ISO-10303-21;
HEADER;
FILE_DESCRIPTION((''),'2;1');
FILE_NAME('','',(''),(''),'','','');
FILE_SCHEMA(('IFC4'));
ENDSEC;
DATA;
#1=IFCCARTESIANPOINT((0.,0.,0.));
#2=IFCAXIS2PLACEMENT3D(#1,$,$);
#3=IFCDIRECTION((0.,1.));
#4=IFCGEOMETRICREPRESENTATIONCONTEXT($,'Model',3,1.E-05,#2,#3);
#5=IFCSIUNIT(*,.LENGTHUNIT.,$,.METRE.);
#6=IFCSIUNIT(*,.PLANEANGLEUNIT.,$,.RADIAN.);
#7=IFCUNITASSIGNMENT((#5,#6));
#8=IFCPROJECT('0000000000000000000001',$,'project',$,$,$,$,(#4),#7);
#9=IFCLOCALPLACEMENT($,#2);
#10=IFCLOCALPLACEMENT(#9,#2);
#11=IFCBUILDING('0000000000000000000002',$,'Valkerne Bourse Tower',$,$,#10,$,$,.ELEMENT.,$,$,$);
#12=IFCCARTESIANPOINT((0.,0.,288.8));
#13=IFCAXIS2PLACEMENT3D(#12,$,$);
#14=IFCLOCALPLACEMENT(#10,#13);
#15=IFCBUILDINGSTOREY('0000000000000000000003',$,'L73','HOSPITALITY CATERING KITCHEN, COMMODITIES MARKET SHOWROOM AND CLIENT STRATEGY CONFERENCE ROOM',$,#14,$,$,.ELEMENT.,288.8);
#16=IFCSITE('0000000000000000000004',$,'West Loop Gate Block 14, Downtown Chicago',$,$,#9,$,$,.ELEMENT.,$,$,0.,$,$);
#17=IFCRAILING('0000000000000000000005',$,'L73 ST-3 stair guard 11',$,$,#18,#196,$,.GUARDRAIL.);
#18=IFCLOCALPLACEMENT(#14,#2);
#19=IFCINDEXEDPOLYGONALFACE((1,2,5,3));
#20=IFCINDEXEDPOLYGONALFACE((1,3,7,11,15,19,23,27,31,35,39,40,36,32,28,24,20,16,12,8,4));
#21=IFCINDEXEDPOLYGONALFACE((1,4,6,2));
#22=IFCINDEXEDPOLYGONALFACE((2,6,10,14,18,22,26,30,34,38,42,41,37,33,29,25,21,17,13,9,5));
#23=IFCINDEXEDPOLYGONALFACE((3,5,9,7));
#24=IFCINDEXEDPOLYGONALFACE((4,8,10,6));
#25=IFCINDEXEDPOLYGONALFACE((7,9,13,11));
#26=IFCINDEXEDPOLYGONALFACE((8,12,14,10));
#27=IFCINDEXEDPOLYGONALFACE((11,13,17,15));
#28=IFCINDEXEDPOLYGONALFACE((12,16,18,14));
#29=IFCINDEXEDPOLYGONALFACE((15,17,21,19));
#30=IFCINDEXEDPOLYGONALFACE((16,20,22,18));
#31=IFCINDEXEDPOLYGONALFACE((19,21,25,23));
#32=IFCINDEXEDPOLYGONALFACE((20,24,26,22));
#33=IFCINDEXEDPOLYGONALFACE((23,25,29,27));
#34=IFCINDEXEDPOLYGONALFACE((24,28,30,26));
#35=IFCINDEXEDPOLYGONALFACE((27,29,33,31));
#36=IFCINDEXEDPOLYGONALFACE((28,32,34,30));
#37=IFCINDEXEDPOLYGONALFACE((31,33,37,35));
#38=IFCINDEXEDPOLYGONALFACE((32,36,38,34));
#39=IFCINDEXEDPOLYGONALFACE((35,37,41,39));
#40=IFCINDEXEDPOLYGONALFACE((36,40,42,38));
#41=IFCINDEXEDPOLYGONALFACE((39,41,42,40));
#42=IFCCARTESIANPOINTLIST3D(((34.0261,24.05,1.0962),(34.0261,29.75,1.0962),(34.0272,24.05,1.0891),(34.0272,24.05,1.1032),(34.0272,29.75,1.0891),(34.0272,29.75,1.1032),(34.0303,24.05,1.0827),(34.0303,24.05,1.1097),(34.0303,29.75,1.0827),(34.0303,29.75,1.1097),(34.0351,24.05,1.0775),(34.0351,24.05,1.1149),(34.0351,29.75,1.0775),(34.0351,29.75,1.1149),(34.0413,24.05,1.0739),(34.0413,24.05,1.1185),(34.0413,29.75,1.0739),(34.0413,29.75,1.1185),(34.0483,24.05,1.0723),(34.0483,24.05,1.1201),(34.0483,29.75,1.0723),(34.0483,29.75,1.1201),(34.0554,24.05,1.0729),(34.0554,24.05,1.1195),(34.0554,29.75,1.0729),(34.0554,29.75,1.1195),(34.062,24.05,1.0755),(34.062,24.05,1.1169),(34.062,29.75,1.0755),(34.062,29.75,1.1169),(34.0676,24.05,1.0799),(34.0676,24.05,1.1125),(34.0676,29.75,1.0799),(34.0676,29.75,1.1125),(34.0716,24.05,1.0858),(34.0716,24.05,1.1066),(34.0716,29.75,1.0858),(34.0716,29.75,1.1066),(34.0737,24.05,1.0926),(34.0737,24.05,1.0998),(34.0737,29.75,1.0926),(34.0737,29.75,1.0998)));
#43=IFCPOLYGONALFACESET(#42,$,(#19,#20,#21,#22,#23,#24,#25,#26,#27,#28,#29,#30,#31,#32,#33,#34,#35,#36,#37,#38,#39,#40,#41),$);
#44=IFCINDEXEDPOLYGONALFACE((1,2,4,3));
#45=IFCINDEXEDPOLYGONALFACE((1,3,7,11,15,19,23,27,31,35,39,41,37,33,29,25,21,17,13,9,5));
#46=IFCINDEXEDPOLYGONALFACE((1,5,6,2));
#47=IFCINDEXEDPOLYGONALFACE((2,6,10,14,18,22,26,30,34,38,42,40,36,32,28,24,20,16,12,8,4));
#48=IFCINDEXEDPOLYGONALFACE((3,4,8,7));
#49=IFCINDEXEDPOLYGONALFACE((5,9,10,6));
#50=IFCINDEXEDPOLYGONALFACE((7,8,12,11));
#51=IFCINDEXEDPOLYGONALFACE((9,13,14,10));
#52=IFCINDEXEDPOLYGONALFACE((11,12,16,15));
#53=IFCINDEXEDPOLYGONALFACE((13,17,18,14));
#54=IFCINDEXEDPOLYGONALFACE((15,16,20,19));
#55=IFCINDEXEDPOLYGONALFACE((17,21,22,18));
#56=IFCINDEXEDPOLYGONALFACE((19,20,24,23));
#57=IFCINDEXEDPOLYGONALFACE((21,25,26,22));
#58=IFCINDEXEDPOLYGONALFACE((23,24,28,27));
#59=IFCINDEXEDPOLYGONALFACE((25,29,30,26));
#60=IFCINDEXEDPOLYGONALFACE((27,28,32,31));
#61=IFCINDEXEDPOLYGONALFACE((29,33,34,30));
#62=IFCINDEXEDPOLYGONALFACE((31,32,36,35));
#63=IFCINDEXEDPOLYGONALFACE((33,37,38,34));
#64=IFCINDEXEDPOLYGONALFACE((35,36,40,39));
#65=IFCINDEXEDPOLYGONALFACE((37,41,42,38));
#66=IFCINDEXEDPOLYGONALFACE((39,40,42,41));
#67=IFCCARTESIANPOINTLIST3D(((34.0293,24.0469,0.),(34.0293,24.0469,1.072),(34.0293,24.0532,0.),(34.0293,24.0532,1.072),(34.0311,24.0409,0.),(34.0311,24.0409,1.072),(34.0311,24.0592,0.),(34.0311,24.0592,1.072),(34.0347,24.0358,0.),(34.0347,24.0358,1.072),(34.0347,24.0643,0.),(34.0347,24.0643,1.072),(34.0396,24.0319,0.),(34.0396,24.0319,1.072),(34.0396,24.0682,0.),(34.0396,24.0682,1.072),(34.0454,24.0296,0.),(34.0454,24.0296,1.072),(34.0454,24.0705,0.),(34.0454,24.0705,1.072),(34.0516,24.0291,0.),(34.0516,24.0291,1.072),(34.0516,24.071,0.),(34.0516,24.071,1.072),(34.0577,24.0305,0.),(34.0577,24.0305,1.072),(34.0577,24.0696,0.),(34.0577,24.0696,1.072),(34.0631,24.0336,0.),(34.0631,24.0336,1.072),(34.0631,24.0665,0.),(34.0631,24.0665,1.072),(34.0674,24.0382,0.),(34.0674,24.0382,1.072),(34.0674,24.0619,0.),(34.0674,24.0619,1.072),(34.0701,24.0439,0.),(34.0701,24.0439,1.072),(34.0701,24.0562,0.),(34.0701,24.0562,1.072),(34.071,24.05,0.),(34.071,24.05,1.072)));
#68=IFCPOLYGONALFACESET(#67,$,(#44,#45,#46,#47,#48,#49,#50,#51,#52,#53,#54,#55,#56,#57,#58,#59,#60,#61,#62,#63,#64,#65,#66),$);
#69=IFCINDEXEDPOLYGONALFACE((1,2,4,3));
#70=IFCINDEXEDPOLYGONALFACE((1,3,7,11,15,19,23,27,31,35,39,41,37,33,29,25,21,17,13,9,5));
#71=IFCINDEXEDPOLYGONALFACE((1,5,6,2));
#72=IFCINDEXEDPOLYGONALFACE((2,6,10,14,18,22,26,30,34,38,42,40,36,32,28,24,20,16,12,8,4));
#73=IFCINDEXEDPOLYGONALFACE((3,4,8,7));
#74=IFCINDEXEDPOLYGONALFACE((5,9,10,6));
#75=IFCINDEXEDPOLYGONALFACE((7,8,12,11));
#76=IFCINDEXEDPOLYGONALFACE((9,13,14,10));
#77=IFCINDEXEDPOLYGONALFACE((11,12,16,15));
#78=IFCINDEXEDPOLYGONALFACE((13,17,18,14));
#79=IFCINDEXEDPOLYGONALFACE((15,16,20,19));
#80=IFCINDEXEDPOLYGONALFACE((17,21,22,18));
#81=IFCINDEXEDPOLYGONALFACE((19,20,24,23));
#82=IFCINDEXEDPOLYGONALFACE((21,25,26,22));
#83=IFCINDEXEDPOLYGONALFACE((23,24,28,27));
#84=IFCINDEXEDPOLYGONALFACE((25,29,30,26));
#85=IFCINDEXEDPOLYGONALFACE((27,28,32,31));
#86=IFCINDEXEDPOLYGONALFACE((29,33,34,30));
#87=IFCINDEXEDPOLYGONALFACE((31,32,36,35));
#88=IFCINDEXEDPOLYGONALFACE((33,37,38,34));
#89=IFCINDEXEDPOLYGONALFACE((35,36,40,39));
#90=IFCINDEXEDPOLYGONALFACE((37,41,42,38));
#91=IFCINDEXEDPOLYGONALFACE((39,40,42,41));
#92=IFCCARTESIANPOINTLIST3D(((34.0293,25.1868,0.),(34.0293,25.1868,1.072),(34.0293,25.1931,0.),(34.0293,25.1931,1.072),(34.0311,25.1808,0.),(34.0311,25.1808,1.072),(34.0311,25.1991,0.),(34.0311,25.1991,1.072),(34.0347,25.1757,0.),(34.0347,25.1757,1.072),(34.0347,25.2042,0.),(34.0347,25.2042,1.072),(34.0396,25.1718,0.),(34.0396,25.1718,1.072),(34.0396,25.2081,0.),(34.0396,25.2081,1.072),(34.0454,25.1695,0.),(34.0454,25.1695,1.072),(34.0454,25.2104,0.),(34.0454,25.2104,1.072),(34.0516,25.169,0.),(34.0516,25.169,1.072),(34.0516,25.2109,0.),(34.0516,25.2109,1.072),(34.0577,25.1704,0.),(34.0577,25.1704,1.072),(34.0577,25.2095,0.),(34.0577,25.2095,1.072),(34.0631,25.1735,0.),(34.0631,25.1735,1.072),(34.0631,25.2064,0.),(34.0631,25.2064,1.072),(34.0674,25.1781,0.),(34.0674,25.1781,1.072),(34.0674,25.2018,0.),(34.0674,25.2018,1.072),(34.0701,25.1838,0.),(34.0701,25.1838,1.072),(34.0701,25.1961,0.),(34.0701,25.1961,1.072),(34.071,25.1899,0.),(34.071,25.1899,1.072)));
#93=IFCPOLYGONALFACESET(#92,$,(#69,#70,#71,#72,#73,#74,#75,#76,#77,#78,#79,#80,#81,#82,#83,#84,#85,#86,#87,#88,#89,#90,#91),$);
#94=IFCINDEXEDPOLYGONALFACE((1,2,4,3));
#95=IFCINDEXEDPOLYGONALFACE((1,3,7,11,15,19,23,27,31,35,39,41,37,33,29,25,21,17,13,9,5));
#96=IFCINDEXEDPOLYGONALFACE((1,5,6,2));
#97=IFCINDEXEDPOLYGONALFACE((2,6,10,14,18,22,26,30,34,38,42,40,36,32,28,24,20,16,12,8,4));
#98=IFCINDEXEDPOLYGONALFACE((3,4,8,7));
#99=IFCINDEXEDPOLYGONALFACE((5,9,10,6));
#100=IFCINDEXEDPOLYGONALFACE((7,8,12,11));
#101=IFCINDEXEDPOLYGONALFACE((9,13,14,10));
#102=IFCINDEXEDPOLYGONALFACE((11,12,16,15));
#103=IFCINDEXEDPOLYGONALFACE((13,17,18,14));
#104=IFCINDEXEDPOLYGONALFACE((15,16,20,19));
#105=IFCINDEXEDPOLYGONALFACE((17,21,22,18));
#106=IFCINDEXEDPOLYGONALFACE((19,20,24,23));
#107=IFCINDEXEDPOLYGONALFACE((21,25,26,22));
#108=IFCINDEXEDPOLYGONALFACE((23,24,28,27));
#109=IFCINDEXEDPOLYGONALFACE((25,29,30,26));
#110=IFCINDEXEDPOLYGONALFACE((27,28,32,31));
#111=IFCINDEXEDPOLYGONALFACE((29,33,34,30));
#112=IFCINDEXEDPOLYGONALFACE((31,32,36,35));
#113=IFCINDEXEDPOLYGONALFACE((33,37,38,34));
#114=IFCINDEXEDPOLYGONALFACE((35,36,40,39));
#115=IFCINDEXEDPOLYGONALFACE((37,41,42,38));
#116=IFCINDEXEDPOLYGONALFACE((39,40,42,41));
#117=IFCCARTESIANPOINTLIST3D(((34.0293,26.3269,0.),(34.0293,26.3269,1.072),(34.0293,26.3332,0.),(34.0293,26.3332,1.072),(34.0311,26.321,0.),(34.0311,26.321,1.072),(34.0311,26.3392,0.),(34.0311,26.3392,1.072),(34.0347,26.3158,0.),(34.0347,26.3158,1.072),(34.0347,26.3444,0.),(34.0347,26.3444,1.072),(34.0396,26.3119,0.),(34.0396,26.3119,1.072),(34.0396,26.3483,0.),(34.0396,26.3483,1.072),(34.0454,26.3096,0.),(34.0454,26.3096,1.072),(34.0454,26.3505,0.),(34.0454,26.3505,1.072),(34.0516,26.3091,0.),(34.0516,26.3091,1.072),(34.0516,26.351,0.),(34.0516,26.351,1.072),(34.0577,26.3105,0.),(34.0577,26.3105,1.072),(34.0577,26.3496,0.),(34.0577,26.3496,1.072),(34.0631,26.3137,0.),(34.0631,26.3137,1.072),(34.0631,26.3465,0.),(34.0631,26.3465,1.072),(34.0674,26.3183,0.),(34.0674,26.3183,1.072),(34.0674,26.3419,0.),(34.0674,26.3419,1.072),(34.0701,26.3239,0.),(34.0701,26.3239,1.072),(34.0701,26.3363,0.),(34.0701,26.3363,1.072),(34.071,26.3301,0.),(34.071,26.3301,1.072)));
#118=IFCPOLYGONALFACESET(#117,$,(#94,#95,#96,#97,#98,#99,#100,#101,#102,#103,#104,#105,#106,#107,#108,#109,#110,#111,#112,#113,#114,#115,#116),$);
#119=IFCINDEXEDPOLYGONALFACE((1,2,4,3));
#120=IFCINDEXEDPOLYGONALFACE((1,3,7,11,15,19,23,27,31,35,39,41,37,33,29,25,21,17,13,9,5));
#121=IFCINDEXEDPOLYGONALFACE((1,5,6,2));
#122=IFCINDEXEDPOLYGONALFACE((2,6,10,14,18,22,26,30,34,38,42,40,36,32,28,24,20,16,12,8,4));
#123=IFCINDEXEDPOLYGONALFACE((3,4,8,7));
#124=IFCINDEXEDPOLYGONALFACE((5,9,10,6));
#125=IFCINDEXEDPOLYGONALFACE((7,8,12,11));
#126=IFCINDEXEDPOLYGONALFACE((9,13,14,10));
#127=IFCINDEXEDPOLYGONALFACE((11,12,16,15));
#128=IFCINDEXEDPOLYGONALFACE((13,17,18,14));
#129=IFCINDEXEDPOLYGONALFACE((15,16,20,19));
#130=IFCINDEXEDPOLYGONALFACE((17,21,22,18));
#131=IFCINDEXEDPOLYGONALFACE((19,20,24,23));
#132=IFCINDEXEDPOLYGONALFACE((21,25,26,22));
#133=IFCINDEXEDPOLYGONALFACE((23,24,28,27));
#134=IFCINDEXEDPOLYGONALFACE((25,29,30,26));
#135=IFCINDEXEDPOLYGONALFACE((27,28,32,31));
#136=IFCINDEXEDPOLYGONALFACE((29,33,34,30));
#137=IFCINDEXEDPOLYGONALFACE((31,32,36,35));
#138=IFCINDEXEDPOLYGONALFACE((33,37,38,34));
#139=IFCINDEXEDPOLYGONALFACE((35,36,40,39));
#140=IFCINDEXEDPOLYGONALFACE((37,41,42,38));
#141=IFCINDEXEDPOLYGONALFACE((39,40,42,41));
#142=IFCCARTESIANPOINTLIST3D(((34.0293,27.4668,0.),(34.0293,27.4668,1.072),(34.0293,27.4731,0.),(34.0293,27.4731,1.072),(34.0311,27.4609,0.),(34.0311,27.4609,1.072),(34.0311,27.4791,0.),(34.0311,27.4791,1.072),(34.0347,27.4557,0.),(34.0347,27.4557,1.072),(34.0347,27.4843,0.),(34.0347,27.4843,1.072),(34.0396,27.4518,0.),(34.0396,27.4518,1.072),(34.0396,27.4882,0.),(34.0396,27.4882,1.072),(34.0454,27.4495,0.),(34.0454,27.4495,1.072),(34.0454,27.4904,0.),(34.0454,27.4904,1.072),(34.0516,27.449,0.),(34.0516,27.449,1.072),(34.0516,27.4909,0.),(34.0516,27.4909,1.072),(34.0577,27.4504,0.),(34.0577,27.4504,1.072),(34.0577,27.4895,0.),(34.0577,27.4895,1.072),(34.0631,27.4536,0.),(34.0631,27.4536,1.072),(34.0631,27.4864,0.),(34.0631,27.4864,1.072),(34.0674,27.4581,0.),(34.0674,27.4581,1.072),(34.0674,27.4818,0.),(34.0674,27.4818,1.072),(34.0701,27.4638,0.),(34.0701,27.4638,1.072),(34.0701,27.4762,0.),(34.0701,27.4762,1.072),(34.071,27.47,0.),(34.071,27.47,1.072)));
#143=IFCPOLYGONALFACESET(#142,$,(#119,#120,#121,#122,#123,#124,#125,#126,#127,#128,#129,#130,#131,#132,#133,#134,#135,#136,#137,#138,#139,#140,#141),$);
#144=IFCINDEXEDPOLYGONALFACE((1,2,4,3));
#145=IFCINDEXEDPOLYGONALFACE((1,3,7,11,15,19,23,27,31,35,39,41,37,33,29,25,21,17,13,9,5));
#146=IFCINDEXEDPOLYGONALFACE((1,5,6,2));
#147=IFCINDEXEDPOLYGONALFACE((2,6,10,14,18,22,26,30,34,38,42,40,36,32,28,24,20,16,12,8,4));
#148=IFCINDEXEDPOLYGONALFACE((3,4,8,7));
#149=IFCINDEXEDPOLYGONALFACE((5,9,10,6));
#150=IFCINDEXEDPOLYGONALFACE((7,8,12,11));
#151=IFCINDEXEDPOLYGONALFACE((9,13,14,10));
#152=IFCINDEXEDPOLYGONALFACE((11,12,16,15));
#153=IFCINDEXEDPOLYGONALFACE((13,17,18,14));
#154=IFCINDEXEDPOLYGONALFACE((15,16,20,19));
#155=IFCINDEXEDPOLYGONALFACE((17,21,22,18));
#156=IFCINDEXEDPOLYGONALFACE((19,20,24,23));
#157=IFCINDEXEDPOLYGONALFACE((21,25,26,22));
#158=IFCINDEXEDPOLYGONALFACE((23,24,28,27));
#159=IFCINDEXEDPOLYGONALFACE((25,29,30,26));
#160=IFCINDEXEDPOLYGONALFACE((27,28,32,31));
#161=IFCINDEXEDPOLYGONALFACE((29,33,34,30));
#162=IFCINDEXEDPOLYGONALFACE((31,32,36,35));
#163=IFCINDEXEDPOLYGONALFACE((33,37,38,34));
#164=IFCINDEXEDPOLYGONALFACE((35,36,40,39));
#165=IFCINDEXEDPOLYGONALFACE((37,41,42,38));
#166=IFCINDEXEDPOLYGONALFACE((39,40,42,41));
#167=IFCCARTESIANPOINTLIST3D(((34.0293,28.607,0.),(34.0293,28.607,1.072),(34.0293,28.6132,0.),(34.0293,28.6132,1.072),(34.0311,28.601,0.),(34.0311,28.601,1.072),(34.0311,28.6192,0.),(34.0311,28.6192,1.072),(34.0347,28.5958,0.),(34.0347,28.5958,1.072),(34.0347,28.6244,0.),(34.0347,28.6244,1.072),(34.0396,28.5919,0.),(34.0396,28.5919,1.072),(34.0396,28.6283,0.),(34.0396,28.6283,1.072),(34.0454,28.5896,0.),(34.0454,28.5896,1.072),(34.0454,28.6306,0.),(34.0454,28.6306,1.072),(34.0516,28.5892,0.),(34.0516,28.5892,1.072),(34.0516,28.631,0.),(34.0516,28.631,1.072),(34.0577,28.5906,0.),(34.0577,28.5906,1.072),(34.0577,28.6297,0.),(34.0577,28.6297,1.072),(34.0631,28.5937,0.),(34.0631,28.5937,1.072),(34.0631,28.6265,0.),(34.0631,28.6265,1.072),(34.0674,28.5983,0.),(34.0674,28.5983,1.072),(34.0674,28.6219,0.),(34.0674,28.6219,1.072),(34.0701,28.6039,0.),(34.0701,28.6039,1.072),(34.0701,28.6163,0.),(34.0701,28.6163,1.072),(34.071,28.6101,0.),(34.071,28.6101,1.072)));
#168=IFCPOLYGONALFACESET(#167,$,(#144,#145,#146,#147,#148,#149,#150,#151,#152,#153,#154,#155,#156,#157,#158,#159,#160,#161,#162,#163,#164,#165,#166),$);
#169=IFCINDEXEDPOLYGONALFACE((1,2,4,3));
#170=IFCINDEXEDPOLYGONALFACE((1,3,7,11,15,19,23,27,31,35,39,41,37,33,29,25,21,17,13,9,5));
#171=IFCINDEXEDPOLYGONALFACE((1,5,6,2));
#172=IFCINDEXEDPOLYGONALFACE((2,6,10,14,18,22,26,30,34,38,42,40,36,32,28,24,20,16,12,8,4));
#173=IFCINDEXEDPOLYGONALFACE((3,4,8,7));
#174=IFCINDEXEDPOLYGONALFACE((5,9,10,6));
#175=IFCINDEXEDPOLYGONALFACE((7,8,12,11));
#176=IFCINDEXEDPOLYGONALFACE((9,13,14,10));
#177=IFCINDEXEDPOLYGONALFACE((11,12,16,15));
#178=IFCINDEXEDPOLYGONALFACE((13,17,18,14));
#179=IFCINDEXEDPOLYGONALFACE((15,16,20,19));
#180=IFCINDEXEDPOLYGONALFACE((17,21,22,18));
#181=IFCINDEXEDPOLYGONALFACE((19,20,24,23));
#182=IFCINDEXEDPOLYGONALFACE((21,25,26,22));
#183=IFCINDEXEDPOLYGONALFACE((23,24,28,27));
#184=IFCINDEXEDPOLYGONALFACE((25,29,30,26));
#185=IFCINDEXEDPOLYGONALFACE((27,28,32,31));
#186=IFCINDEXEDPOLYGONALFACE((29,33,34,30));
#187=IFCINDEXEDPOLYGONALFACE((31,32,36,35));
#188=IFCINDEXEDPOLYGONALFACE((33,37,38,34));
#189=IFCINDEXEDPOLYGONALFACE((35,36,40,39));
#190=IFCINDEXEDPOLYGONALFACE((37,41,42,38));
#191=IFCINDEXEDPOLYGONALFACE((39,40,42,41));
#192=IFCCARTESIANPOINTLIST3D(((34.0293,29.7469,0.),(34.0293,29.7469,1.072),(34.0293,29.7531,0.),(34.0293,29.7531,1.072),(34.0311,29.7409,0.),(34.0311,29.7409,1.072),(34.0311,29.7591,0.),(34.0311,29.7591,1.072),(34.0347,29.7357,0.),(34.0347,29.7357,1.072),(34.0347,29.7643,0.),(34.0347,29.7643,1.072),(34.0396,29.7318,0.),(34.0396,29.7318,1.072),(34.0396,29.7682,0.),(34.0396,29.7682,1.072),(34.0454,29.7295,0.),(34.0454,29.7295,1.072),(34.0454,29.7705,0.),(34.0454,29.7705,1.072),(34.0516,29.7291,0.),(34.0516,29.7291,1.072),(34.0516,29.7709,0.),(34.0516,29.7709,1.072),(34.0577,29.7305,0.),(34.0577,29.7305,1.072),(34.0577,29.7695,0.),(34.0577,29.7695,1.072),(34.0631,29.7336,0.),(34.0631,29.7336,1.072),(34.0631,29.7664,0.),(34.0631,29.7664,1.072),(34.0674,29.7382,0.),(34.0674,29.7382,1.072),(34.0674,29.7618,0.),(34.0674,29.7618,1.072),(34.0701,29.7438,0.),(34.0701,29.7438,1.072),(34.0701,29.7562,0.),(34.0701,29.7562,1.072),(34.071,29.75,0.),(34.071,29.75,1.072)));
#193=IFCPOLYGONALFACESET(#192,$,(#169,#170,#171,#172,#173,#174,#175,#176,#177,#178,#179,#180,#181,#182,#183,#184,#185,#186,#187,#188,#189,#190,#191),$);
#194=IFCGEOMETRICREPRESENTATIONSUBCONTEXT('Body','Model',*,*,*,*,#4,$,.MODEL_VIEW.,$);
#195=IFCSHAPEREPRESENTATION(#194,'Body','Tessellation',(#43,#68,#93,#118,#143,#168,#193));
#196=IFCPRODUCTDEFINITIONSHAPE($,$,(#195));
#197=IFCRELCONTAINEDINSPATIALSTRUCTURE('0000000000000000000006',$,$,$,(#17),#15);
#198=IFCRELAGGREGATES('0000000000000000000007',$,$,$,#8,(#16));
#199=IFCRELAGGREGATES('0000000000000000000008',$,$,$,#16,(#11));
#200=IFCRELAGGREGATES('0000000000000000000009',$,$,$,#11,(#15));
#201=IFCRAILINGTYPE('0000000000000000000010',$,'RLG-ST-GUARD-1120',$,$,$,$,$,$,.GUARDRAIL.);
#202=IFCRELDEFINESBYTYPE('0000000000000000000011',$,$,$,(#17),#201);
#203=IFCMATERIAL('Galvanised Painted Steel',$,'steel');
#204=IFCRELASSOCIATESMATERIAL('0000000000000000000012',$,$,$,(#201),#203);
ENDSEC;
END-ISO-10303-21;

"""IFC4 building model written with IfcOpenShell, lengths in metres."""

from ifc_helpers import new_model, si_unit, direction, frame, origin, origin_2d, place, context, subcontext, project, spatial, circle, extrude, material, type_object, element, save


model = new_model("IFC4")

# Units and contexts
model_context = context("Model", 3, precision=1e-05, world=origin(), true_north=direction((0.0, 1.0)))
body_context = subcontext(model_context, "Body", "Model", "MODEL_VIEW")
ifc_project = project(units=[si_unit("LENGTHUNIT", "METRE"), si_unit("PLANEANGLEUNIT", "RADIAN")], contexts=[model_context])

# Site, building, storey
site_placement = place(None, origin())
site = spatial("IfcSite", under=ifc_project, at=site_placement, Name="West Loop Gate Block 14, Downtown Chicago", CompositionType="ELEMENT", RefElevation=0.0)
building_placement = place(site_placement, origin())
building = spatial("IfcBuilding", under=site, at=building_placement, Name="Valkerne Bourse Tower", CompositionType="ELEMENT")
storey_placement = place(building_placement, frame((0.0, 0.0, 288.8)))
storey = spatial("IfcBuildingStorey", under=building, at=storey_placement, Name="L73", Description="HOSPITALITY CATERING KITCHEN, COMMODITIES MARKET SHOWROOM AND CLIENT STRATEGY CONFERENCE ROOM", CompositionType="ELEMENT", Elevation=288.8)

# Shared definitions
ifc_material_1 = material(Name="Galvanised Painted Steel", Category="steel")

# Railing
railing_type_1 = type_object("IfcRailingType", Name="RLG-ST-GUARD-1120", PredefinedType="GUARDRAIL", material=ifc_material_1)
for number, where, name in (
    (1, (34.05, 24.05, 0.0), "L73 ST-3 stair guard 11"),
):
    element("IfcRailing", number, at=place(storey_placement, frame(where)), inside=storey, type_object=railing_type_1, Name=name, PredefinedType="GUARDRAIL", context=body_context, shape_type="SweptSolid", body=[
        extrude(circle(Radius=0.0239, at=origin_2d()), frame((0.0, 0.0, 1.0962), z_axis=(0.0, 1.0, 0.0), x_axis=(-1.0, 0.0, 0.0)), (0.0, 0.0, 1.0), 5.7),
        extrude(circle(Radius=0.021, at=origin_2d()), origin(), (0.0, 0.0, 1.0), 1.072),
        extrude(circle(Radius=0.021, at=origin_2d()), frame((0.0, 1.1399, 0.0)), (0.0, 0.0, 1.0), 1.072),
        extrude(circle(Radius=0.021, at=origin_2d()), frame((0.0, 2.28, 0.0)), (0.0, 0.0, 1.0), 1.072),
        extrude(circle(Radius=0.021, at=origin_2d()), frame((0.0, 3.4199, 0.0)), (0.0, 0.0, 1.0), 1.072),
        extrude(circle(Radius=0.021, at=origin_2d()), frame((0.0, 4.5601, 0.0)), (0.0, 0.0, 1.0), 1.072),
        extrude(circle(Radius=0.021, at=origin_2d()), frame((0.0, 5.7, 0.0)), (0.0, 0.0, 1.0), 1.072),
    ])

save(model, "model.ifc")
